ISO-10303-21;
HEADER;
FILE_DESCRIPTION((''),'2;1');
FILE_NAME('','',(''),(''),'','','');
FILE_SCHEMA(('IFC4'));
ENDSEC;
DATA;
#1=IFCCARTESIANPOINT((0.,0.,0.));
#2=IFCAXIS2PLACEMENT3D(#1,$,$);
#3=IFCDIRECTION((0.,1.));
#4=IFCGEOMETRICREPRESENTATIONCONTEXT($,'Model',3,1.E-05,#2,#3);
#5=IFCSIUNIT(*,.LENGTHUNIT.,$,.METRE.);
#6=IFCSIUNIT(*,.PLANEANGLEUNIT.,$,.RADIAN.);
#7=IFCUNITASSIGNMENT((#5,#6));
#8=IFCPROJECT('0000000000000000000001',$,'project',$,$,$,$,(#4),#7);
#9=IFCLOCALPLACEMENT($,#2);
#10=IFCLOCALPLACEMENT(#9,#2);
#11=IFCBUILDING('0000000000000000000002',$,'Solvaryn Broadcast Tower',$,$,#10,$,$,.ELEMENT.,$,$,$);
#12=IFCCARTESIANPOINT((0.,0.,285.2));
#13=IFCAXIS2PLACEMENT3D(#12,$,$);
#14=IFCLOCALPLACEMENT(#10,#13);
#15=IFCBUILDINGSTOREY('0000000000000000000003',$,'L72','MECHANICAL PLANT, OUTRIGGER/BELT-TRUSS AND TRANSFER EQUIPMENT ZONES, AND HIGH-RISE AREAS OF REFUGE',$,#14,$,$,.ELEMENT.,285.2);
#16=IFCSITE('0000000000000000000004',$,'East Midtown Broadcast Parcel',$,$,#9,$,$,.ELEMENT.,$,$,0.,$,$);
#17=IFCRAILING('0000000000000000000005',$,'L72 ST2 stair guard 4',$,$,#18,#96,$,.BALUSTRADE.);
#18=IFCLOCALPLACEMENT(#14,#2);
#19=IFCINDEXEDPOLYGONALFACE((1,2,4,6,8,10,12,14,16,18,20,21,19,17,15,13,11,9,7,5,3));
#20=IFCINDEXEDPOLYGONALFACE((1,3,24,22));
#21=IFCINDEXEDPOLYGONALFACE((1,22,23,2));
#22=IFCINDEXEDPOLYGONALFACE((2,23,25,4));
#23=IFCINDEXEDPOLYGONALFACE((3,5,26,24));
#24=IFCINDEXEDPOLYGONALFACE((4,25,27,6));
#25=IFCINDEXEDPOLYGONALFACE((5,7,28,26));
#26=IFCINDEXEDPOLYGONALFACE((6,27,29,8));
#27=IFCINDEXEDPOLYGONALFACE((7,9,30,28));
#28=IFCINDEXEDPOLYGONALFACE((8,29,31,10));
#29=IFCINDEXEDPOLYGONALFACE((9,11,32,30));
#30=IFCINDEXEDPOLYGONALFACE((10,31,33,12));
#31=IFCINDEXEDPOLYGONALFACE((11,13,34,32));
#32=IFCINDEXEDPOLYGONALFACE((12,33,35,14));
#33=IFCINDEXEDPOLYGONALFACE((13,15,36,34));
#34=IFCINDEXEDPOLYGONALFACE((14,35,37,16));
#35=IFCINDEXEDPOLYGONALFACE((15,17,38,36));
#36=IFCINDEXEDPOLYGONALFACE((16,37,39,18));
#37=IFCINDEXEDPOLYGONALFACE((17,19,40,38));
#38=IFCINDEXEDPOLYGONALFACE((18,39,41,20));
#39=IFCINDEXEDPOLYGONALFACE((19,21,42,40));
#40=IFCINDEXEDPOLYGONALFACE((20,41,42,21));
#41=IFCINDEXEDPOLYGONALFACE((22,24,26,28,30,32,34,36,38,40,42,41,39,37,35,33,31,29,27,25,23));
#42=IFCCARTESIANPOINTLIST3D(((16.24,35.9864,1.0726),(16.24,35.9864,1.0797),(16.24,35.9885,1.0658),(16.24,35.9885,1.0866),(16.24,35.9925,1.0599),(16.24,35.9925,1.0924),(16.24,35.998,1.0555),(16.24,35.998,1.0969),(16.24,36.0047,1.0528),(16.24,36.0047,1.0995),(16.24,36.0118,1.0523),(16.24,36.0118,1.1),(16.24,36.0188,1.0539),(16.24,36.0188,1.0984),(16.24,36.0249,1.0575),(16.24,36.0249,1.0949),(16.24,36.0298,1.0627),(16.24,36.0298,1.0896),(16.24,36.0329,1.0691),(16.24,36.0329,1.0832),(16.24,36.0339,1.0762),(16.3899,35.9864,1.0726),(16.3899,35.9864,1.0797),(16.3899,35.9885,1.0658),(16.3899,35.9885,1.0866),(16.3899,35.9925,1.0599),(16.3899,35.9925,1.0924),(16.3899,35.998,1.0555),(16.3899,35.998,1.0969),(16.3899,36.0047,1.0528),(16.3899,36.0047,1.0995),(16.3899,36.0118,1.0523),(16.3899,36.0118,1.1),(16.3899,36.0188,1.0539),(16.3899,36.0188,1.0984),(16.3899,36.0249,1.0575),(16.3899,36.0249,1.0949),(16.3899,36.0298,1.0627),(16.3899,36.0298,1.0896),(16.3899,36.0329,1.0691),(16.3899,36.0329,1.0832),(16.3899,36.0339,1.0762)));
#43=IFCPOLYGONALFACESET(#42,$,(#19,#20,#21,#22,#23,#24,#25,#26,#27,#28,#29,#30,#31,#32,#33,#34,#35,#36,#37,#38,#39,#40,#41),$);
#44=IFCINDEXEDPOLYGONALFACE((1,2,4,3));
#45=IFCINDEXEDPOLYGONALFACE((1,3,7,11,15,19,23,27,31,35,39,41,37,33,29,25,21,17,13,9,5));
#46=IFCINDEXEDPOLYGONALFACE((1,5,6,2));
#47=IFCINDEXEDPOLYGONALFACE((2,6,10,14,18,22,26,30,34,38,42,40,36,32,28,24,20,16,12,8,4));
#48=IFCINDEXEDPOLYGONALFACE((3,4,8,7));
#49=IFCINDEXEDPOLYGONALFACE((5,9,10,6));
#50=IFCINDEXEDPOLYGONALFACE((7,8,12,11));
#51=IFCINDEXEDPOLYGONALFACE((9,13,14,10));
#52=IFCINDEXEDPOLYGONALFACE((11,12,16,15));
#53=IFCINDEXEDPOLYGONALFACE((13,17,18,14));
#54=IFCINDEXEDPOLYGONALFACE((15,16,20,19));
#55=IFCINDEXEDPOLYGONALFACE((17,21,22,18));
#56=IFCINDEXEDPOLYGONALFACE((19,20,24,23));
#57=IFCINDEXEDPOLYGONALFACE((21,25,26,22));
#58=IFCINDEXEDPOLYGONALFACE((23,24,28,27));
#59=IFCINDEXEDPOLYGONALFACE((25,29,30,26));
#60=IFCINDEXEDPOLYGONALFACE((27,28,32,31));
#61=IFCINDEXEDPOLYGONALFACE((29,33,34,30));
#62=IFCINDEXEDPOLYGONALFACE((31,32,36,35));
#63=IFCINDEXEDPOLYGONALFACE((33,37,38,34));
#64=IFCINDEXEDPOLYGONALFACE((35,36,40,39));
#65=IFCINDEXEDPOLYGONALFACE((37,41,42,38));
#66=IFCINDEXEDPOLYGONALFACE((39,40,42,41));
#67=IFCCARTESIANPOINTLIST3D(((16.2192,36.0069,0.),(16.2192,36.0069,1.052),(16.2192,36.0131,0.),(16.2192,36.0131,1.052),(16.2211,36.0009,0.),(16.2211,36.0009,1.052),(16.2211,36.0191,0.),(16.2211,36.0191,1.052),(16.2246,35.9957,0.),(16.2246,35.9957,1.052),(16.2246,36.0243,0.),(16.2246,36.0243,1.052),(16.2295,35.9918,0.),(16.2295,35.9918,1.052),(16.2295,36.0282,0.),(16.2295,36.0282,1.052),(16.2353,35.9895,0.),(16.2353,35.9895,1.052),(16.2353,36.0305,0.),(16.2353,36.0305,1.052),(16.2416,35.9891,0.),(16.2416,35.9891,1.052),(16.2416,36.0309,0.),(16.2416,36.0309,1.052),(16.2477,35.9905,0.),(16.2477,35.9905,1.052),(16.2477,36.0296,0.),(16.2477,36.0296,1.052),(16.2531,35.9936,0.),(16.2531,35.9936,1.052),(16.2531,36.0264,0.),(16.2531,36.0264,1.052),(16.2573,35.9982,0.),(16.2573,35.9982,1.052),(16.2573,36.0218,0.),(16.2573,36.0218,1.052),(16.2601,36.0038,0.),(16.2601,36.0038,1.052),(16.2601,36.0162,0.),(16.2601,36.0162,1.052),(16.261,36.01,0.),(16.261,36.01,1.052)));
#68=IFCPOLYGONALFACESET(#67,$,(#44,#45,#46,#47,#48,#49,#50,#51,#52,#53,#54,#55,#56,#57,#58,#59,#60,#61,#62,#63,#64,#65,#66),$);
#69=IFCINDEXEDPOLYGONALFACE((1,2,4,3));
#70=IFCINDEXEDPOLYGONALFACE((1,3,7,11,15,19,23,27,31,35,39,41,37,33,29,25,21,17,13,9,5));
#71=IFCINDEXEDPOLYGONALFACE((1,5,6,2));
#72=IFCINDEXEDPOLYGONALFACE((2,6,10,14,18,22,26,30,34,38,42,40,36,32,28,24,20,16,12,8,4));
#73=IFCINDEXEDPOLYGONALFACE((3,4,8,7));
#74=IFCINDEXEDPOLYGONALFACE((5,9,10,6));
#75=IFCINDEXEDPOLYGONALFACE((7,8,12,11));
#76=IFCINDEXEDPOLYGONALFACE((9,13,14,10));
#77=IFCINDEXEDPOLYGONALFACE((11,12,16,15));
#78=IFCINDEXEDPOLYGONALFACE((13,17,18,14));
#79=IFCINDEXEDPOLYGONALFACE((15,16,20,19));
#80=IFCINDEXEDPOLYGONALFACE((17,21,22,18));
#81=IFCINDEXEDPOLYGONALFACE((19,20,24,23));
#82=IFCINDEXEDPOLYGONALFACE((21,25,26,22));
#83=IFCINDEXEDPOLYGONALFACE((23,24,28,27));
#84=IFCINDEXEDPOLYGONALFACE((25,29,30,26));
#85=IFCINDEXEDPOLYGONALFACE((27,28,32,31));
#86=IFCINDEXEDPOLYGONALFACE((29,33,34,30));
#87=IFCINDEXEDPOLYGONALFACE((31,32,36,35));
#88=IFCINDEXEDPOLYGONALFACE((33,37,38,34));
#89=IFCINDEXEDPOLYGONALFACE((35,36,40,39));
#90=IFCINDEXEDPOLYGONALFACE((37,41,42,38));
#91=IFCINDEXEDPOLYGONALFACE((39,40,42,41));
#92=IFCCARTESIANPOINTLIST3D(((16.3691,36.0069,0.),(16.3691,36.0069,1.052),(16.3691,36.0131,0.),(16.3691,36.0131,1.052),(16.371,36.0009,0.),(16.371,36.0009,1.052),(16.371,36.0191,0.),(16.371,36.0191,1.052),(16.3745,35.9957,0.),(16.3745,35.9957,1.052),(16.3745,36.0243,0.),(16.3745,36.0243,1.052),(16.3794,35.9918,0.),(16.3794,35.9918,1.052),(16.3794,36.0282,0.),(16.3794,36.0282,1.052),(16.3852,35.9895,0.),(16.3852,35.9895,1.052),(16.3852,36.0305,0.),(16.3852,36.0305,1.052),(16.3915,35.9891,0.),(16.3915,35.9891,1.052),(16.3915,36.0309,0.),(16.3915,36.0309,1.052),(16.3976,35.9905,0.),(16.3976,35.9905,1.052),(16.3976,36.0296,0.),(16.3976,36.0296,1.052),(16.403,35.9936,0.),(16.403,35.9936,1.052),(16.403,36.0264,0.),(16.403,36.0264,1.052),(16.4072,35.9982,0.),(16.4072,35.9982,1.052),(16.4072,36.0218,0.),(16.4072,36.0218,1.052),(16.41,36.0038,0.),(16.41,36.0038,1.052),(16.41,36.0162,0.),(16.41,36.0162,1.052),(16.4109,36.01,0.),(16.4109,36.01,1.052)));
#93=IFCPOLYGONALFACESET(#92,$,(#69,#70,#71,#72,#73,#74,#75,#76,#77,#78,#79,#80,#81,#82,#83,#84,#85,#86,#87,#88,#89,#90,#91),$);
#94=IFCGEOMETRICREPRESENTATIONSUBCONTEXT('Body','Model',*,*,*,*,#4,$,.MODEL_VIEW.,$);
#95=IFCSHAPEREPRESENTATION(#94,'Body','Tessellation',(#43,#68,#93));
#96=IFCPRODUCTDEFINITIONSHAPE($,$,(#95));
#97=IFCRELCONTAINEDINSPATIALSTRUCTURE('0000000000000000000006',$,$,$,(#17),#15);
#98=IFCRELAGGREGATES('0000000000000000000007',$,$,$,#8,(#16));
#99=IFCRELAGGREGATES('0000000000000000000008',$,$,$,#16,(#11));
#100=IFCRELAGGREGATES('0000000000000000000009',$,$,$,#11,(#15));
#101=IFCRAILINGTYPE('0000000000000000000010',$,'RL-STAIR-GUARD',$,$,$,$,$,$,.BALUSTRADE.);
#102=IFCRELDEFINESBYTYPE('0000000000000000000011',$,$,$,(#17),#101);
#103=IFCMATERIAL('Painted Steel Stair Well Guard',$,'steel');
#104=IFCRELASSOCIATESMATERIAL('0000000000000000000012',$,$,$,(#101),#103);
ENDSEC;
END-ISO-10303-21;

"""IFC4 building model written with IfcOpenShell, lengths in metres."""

from ifc_helpers import new_model, si_unit, direction, frame, origin, origin_2d, place, context, subcontext, project, spatial, circle, extrude, material, type_object, element, save


model = new_model("IFC4")

# Units and contexts
model_context = context("Model", 3, precision=1e-05, world=origin(), true_north=direction((0.0, 1.0)))
body_context = subcontext(model_context, "Body", "Model", "MODEL_VIEW")
ifc_project = project(units=[si_unit("LENGTHUNIT", "METRE"), si_unit("PLANEANGLEUNIT", "RADIAN")], contexts=[model_context])

# Site, building, storey
site_placement = place(None, origin())
site = spatial("IfcSite", under=ifc_project, at=site_placement, Name="East Midtown Broadcast Parcel", CompositionType="ELEMENT", RefElevation=0.0)
building_placement = place(site_placement, origin())
building = spatial("IfcBuilding", under=site, at=building_placement, Name="Solvaryn Broadcast Tower", CompositionType="ELEMENT")
storey_placement = place(building_placement, frame((0.0, 0.0, 285.2)))
storey = spatial("IfcBuildingStorey", under=building, at=storey_placement, Name="L72", Description="MECHANICAL PLANT, OUTRIGGER/BELT-TRUSS AND TRANSFER EQUIPMENT ZONES, AND HIGH-RISE AREAS OF REFUGE", CompositionType="ELEMENT", Elevation=285.2)

# Railing
ifc_material_1 = material(Name="Painted Steel Stair Well Guard", Category="steel")
railing_type_1 = type_object("IfcRailingType", Name="RL-STAIR-GUARD", PredefinedType="BALUSTRADE", material=ifc_material_1)
railing_1_placement = place(storey_placement, frame((16.24, 36.01, 0.0)))
element("IfcRailing", 1, at=railing_1_placement, inside=storey, type_object=railing_type_1, Name="L72 ST2 stair guard 4", PredefinedType="BALUSTRADE", context=body_context, shape_type="SweptSolid", body=[
    extrude(circle(Radius=0.0239, at=origin_2d()), frame((0.0, 0.0, 1.0762), z_axis=(1.0, 0.0, 0.0), x_axis=(0.0, 1.0, 0.0)), (0.0, 0.0, 1.0), 0.1499),
    extrude(circle(Radius=0.021, at=origin_2d()), origin(), (0.0, 0.0, 1.0), 1.052),
    extrude(circle(Radius=0.021, at=origin_2d()), frame((0.1499, 0.0, 0.0)), (0.0, 0.0, 1.0), 1.052),
])

save(model, "model.ifc")
